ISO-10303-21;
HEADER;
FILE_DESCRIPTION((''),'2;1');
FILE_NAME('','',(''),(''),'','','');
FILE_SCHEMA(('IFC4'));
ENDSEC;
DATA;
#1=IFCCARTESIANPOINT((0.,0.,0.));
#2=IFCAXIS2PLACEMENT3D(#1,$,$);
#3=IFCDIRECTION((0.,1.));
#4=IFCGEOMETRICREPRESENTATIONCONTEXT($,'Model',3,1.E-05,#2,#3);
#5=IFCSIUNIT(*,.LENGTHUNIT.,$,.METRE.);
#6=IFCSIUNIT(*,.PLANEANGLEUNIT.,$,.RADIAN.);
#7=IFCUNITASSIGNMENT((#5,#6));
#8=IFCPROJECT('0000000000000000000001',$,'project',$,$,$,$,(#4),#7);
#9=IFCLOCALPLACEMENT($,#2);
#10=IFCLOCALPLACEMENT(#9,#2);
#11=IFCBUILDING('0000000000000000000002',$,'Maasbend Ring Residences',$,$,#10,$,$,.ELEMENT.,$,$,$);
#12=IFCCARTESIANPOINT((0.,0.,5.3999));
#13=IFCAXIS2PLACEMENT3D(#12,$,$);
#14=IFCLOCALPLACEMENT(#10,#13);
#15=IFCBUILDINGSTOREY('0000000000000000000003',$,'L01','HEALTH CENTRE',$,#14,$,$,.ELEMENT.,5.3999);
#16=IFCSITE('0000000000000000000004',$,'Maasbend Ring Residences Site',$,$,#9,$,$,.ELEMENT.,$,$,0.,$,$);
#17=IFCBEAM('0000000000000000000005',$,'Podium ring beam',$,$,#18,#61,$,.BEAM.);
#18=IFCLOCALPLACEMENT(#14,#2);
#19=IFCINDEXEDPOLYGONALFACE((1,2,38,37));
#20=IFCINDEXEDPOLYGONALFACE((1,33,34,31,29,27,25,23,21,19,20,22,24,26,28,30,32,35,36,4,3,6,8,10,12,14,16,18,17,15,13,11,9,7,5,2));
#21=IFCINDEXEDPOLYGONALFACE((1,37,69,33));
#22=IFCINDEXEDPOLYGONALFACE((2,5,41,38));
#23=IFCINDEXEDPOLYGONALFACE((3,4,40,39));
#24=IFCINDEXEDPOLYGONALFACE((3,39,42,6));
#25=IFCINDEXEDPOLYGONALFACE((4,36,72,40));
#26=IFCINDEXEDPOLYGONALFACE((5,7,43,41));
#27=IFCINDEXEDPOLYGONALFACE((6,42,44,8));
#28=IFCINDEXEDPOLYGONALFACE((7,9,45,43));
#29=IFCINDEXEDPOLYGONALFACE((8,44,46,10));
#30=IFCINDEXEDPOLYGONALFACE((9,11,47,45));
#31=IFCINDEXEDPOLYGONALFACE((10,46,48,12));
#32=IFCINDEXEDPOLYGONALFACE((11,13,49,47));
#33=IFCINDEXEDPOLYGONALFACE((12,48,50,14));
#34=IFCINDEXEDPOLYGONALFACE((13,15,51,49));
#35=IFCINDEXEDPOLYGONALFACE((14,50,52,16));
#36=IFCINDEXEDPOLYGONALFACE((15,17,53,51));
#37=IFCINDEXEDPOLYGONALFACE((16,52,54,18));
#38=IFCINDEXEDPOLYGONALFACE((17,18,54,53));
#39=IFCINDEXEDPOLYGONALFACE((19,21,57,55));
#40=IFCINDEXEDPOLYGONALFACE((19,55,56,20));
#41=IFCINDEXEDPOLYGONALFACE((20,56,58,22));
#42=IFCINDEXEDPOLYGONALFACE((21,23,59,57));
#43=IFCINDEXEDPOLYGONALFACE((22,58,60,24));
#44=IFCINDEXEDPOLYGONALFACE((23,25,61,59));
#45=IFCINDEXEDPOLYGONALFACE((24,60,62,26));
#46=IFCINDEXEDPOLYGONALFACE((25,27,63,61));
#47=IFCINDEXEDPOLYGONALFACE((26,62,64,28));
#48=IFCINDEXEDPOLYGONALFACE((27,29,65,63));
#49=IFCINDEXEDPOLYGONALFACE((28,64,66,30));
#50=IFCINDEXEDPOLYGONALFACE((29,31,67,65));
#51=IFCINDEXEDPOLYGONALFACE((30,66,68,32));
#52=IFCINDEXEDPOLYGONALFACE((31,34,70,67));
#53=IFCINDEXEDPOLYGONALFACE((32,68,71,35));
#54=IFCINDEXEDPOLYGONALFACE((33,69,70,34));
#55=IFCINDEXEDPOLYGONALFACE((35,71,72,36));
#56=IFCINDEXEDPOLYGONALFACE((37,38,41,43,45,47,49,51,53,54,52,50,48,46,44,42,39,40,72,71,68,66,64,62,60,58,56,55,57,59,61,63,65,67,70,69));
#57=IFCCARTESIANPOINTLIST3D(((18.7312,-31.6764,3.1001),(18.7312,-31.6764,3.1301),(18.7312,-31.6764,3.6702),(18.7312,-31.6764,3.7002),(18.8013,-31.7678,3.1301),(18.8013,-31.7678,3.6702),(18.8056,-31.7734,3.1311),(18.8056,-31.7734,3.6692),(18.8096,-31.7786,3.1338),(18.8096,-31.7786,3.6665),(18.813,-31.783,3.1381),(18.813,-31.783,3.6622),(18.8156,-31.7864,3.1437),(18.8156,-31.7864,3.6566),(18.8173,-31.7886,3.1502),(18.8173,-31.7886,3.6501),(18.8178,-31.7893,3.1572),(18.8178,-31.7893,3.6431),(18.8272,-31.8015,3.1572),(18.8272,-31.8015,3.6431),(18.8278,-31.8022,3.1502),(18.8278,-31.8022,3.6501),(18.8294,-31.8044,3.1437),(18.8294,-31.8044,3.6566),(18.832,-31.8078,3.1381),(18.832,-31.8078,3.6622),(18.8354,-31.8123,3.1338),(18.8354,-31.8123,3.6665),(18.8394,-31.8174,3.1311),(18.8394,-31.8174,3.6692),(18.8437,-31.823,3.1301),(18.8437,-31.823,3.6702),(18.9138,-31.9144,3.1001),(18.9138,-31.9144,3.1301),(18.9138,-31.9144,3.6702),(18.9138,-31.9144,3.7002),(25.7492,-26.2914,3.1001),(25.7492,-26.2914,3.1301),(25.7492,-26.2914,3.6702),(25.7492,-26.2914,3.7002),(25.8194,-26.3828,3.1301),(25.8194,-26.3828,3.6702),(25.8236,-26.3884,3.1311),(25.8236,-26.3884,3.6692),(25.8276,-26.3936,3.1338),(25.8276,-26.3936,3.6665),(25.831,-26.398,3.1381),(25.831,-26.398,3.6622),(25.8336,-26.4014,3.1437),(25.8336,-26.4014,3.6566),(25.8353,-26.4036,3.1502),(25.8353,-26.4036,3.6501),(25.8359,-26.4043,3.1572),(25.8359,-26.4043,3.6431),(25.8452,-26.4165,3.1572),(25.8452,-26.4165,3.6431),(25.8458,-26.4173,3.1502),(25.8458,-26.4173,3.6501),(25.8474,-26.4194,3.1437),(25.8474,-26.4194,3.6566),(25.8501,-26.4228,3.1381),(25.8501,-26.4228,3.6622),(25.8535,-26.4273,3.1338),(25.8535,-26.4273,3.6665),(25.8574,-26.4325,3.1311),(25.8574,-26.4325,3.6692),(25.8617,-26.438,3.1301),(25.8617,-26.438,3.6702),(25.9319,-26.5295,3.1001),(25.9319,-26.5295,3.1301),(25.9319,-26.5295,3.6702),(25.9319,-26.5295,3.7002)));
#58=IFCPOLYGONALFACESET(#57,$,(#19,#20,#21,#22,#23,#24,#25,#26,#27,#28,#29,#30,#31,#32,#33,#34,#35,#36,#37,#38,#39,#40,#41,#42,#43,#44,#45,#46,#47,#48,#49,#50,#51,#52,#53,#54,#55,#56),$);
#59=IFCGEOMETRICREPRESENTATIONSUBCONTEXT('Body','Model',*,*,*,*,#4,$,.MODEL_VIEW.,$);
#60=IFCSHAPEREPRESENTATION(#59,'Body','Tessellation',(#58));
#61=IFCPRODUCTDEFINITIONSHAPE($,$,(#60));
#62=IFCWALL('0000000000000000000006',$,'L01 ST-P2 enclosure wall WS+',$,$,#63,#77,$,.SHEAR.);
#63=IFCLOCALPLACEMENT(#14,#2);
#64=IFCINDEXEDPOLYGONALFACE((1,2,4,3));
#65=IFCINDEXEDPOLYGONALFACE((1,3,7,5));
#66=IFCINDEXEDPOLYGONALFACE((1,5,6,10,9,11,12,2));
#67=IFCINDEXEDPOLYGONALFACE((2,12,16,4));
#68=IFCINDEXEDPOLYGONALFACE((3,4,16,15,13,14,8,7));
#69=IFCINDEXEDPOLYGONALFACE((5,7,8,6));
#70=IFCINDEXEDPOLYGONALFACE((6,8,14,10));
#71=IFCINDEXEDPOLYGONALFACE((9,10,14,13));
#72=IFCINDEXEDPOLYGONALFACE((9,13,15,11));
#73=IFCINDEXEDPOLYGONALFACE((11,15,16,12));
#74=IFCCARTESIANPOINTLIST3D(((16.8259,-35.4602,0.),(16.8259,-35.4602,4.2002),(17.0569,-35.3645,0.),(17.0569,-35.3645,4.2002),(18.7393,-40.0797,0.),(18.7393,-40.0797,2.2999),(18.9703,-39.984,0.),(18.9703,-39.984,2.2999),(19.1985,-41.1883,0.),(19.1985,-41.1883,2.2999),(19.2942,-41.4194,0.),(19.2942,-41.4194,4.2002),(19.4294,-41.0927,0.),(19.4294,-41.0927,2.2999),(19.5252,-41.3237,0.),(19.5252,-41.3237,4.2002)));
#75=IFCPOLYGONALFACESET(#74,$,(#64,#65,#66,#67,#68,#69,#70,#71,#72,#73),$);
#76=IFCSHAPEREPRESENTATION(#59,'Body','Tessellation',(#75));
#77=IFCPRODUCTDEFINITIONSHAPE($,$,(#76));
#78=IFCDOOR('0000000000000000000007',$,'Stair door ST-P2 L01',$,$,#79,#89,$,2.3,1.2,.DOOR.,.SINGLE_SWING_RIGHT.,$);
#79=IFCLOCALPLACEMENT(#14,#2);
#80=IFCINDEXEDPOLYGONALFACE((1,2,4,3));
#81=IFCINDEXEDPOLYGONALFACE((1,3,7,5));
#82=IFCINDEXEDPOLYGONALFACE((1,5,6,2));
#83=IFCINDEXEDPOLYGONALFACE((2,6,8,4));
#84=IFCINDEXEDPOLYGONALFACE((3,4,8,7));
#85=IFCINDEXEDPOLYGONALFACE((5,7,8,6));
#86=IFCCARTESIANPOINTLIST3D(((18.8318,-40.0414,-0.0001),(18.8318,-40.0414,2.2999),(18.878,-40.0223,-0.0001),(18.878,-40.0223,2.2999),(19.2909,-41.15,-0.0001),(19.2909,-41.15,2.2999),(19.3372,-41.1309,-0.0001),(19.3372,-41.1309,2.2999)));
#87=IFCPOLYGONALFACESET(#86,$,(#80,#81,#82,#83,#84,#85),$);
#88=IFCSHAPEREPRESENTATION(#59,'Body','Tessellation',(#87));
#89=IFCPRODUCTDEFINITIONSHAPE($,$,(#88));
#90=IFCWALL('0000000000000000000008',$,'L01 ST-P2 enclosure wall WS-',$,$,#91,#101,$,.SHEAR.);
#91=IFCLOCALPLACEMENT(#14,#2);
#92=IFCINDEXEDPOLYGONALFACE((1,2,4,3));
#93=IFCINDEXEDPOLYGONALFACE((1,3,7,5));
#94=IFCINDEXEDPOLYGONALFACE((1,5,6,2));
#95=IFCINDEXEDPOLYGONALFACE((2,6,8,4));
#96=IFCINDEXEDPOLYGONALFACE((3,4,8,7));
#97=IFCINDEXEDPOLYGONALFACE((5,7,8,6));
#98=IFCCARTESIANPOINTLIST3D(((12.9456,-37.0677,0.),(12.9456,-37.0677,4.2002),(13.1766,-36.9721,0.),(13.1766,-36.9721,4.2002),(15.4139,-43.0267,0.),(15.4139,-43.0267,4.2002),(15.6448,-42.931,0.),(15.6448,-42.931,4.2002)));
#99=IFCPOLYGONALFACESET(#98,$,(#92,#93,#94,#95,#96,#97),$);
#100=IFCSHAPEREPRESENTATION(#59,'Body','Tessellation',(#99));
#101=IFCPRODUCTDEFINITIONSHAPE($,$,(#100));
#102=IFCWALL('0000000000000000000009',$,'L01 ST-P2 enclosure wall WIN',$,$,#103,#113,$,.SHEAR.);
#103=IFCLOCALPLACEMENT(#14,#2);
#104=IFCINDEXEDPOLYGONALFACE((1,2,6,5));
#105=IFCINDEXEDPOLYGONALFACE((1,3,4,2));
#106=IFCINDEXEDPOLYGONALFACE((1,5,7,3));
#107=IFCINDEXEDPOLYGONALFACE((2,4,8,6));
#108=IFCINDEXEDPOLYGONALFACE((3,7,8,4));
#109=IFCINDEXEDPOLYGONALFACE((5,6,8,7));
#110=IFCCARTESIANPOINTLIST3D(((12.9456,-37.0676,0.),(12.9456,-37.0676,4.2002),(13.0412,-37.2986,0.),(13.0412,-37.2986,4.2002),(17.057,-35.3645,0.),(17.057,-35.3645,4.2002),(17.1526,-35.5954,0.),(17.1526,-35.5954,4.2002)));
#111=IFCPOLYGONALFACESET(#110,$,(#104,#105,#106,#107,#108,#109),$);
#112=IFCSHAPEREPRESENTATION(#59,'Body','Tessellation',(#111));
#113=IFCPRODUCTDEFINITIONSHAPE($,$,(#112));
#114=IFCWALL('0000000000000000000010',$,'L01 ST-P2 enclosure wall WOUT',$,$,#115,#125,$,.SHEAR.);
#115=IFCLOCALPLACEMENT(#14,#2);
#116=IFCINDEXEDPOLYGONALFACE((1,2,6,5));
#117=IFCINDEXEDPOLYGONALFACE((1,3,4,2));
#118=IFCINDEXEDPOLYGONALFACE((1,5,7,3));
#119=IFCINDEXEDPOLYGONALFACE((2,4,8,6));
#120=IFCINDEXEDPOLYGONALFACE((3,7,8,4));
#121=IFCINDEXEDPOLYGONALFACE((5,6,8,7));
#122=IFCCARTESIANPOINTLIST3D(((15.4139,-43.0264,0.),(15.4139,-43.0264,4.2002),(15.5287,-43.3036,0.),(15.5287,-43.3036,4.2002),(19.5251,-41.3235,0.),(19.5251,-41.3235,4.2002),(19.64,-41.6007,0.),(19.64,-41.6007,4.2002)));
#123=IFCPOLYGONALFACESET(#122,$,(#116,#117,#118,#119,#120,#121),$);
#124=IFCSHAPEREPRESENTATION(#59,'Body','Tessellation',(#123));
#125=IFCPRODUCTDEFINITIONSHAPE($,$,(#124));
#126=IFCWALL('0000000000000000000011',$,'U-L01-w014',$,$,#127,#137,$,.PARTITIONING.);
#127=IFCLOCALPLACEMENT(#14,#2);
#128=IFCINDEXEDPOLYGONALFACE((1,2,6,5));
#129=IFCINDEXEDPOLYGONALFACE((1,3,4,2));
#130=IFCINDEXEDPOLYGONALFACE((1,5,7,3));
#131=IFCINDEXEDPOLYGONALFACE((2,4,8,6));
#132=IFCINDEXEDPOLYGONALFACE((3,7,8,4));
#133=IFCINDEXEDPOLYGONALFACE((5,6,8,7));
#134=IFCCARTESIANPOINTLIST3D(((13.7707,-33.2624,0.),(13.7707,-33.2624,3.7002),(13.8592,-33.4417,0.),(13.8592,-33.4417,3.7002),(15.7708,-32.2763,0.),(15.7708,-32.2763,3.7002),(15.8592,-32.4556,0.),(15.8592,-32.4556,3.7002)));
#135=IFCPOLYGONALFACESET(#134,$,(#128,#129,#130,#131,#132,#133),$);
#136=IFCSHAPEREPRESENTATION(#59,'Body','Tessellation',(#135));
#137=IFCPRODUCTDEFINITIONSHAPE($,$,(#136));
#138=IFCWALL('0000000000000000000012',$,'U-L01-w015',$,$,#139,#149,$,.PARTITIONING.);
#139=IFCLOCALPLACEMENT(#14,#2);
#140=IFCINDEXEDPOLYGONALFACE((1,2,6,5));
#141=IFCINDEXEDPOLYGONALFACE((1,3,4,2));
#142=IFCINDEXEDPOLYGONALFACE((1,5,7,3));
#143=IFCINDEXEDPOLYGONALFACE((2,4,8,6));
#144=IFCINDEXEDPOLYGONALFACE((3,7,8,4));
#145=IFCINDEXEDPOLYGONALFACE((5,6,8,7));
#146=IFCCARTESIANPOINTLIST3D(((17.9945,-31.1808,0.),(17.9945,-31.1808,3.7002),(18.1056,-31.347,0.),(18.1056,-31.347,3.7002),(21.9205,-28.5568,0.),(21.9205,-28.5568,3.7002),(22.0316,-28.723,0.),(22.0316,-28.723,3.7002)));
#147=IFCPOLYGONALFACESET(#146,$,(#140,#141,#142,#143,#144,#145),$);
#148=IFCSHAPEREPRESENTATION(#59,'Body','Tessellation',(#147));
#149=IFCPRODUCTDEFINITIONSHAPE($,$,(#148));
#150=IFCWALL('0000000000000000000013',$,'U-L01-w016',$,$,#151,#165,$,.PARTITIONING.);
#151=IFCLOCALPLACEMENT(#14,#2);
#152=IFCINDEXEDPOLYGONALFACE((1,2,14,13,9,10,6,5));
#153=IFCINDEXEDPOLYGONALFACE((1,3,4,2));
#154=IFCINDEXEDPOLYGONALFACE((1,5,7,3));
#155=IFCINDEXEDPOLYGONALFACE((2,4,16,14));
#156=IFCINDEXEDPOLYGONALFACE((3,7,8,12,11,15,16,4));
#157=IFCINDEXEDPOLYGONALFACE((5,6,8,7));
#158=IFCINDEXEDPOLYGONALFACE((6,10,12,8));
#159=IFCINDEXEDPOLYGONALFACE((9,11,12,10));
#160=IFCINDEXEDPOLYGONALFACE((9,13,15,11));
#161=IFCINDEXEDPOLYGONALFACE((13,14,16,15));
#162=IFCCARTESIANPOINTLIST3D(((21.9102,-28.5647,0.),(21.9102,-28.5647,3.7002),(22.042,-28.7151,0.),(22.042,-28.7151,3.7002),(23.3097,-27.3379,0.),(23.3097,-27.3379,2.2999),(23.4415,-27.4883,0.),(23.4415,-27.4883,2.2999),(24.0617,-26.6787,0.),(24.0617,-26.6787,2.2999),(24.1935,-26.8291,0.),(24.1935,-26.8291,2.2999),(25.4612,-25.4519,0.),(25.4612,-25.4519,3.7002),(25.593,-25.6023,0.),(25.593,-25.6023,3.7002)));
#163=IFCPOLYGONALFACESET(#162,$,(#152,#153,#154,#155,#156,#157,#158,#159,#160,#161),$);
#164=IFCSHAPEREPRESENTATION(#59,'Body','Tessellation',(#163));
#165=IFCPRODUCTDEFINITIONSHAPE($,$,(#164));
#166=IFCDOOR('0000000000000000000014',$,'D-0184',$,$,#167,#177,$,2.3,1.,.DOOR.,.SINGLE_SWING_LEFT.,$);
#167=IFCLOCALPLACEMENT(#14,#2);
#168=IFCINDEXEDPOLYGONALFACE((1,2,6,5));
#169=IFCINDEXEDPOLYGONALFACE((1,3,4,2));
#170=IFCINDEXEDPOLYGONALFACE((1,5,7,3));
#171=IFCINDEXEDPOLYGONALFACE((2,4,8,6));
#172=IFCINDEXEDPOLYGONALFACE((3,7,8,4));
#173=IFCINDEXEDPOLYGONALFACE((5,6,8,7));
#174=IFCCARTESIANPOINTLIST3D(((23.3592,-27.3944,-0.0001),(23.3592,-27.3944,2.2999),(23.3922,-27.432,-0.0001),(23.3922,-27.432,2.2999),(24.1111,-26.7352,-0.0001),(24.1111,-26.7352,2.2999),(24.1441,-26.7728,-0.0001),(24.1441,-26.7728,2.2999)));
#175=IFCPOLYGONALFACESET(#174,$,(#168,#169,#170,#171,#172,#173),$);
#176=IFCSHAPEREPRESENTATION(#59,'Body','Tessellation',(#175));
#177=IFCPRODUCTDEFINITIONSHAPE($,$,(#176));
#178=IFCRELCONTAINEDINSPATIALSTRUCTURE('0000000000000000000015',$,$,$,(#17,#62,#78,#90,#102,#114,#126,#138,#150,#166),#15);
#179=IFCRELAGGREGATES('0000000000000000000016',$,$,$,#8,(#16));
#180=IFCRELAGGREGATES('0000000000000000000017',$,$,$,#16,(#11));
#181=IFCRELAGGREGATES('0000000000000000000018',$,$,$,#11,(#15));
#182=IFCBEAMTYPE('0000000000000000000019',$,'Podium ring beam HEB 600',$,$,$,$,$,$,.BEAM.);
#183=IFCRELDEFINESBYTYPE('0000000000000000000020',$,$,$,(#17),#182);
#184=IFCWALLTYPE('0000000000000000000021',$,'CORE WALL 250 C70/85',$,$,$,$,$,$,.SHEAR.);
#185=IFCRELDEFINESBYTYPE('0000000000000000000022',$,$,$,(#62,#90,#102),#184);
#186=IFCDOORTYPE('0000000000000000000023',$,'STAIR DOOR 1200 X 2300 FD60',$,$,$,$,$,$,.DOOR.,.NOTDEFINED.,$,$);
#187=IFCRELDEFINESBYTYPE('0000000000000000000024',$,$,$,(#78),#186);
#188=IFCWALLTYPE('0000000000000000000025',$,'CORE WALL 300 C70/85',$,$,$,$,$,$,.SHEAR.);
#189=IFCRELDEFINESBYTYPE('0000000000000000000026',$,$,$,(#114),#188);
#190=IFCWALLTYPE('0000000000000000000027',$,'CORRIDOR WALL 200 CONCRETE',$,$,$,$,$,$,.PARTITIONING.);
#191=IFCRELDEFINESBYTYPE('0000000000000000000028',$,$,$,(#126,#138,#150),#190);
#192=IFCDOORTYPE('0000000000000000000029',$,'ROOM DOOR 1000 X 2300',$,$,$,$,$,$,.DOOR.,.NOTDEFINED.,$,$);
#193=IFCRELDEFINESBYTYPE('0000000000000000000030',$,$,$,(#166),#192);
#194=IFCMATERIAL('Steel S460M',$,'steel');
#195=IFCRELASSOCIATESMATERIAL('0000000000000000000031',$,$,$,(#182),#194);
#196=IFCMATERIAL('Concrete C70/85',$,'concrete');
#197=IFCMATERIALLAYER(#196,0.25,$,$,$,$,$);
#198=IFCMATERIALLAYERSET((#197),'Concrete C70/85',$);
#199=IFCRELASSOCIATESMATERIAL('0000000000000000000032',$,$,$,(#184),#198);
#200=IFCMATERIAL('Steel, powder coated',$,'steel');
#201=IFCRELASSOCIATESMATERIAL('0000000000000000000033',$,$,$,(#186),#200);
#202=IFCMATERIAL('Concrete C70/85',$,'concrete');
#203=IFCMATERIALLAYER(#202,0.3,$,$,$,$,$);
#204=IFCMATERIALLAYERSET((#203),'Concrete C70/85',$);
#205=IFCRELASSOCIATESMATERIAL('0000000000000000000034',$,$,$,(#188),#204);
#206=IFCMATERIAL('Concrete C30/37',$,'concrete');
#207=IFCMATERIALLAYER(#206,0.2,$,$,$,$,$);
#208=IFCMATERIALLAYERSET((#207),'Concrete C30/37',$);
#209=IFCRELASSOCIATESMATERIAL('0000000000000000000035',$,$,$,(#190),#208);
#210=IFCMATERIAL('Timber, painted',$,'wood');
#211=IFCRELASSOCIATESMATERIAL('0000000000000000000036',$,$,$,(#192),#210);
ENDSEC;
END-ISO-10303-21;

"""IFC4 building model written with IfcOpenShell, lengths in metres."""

from ifc_helpers import new_model, si_unit, direction, frame, frame_2d, origin, origin_2d, place, context, subcontext, project, spatial, rectangle, i_section, extrude, material, layer, layer_set, material_profile, profile_set, type_object, element, fill, save


model = new_model("IFC4")

# Units and contexts
model_context = context("Model", 3, precision=1e-05, world=origin(), true_north=direction((0.0, 1.0)))
body_context = subcontext(model_context, "Body", "Model", "MODEL_VIEW")
ifc_project = project(units=[si_unit("LENGTHUNIT", "METRE"), si_unit("PLANEANGLEUNIT", "RADIAN")], contexts=[model_context])

# Site, building, storey
site_placement = place(None, origin())
site = spatial("IfcSite", under=ifc_project, at=site_placement, Name="Maasbend Ring Residences Site", CompositionType="ELEMENT", RefElevation=0.0)
building_placement = place(site_placement, origin())
building = spatial("IfcBuilding", under=site, at=building_placement, Name="Maasbend Ring Residences", CompositionType="ELEMENT")
storey_placement = place(building_placement, frame((0.0, 0.0, 5.3999)))
storey = spatial("IfcBuildingStorey", under=building, at=storey_placement, Name="L01", Description="HEALTH CENTRE", CompositionType="ELEMENT", Elevation=5.3999)

# Beam
ifc_material_1 = material(Name="Steel S460M", Category="steel")
ifc_material_profile_1 = material_profile(ifc_material_1, i_section(OverallWidth=0.3, OverallDepth=0.6001, WebThickness=0.0154, FlangeThickness=0.03, FilletRadius=0.0271, at=origin_2d()), Name="HEB 600")
ifc_profile_set_1 = profile_set([ifc_material_profile_1], Name="Steel S460M")
beam_type_1 = type_object("IfcBeamType", Name="Podium ring beam HEB 600", PredefinedType="BEAM", material=ifc_profile_set_1)
beam_placement = place(storey_placement, frame((18.8225, -31.7954, 3.4001), z_axis=(0.793361, 0.608751, 0.0), x_axis=(-0.608751, 0.793361, 0.0)))
element("IfcBeam", 1, at=beam_placement, inside=storey, type_object=beam_type_1, Name="Podium ring beam", PredefinedType="BEAM", context=body_context, shape_type="SweptSolid", body=[
    extrude(i_section(OverallWidth=0.3, OverallDepth=0.6001, WebThickness=0.0154, FlangeThickness=0.03, FilletRadius=0.0271, at=origin_2d()), origin(), (0.0, 0.0, 1.0), 8.8459),
])

# Wall, opening, door
ifc_material_2 = material(Name="Concrete C70/85", Category="concrete")
ifc_layer_1 = layer(ifc_material_2, 0.25)
ifc_layer_set_1 = layer_set([ifc_layer_1], Name="Concrete C70/85")
wall_type_1 = type_object("IfcWallType", Name="CORE WALL 250 C70/85", PredefinedType="SHEAR", material=ifc_layer_set_1)
wall_1_placement = place(storey_placement, frame((19.4097, -41.3716, 0.0), z_axis=(0.0, 0.0, 1.0), x_axis=(-0.382666, 0.923887, 0.0)))
wall_1 = element("IfcWall", 2, at=wall_1_placement, inside=storey, type_object=wall_type_1, Name="L01 ST-P2 enclosure wall WS+", PredefinedType="SHEAR", context=body_context, shape_type="SweptSolid", body=[
    extrude(rectangle(XDim=6.4502, YDim=0.25, at=frame_2d((3.2251, 0.0))), origin(), (0.0, 0.0, 1.0), 4.2002),
])
opening_1_placement = place(wall_1_placement, frame((0.25, 0.0, 0.0)))
opening_1 = element("IfcOpeningElement", 3, at=opening_1_placement, cuts=wall_1, PredefinedType="OPENING", context=body_context, shape_type="SweptSolid", body=[
    extrude(rectangle(XDim=1.2, YDim=2.3, at=frame_2d((0.6001, 1.1499))), frame((0.0, 0.135, 0.0), z_axis=(0.0, -1.0, 0.0), x_axis=(1.0, 0.0, 0.0)), (0.0, 0.0, 1.0), 0.27),
])
ifc_material_3 = material(Name="Steel, powder coated", Category="steel")
door_type_1 = type_object("IfcDoorType", Name="STAIR DOOR 1200 X 2300 FD60", OperationType="NOTDEFINED", PredefinedType="DOOR", material=ifc_material_3)
door_1_placement = place(opening_1_placement, origin())
door_1 = element("IfcDoor", 4, at=door_1_placement, inside=storey, type_object=door_type_1, Name="Stair door ST-P2 L01", OperationType="SINGLE_SWING_RIGHT", OverallHeight=2.3, OverallWidth=1.2, PredefinedType="DOOR", context=body_context, shape_type="SweptSolid", body=[
    extrude(rectangle(XDim=1.2, YDim=2.3, at=frame_2d((0.6001, 1.1499))), frame((0.0, 0.0249, 0.0), z_axis=(0.0, -1.0, 0.0), x_axis=(1.0, 0.0, 0.0)), (0.0, 0.0, 1.0), 0.05),
])
fill(opening_1, door_1)

# Walls
wall_2_placement = place(storey_placement, frame((13.061, -37.0198, 0.0), z_axis=(0.0, 0.0, 1.0), x_axis=(0.382679, -0.923881, 0.0)))
element("IfcWall", 5, at=wall_2_placement, inside=storey, type_object=wall_type_1, Name="L01 ST-P2 enclosure wall WS-", PredefinedType="SHEAR", context=body_context, shape_type="SweptSolid", body=[
    extrude(rectangle(XDim=6.45, YDim=0.25, at=frame_2d((3.2251, 0.0))), origin(), (0.0, 0.0, 1.0), 4.2002),
])
wall_3_placement = place(storey_placement, frame((12.9934, -37.1831, 0.0), z_axis=(0.0, 0.0, 1.0), x_axis=(0.923867, 0.382714, 0.0)))
element("IfcWall", 6, at=wall_3_placement, inside=storey, type_object=wall_type_1, Name="L01 ST-P2 enclosure wall WIN", PredefinedType="SHEAR", context=body_context, shape_type="SweptSolid", body=[
    extrude(rectangle(XDim=4.4502, YDim=0.25, at=frame_2d((2.2251, 0.0))), origin(), (0.0, 0.0, 1.0), 4.2002),
])
ifc_material_4 = material(Name="Concrete C70/85", Category="concrete")
ifc_layer_2 = layer(ifc_material_4, 0.3)
ifc_layer_set_2 = layer_set([ifc_layer_2], Name="Concrete C70/85")
wall_type_2 = type_object("IfcWallType", Name="CORE WALL 300 C70/85", PredefinedType="SHEAR", material=ifc_layer_set_2)
wall_4_placement = place(storey_placement, frame((15.4712, -43.165, 0.0), z_axis=(0.0, 0.0, 1.0), x_axis=(0.923886, 0.382667, 0.0)))
element("IfcWall", 7, at=wall_4_placement, inside=storey, type_object=wall_type_2, Name="L01 ST-P2 enclosure wall WOUT", PredefinedType="SHEAR", context=body_context, shape_type="SweptSolid", body=[
    extrude(rectangle(XDim=4.45, YDim=0.3, at=frame_2d((2.2251, 0.0))), origin(), (0.0, 0.0, 1.0), 4.2002),
])
ifc_material_5 = material(Name="Concrete C30/37", Category="concrete")
ifc_layer_3 = layer(ifc_material_5, 0.2)
ifc_layer_set_3 = layer_set([ifc_layer_3], Name="Concrete C30/37")
wall_type_3 = type_object("IfcWallType", Name="CORRIDOR WALL 200 CONCRETE", PredefinedType="PARTITIONING", material=ifc_layer_set_3)
wall_5_placement = place(storey_placement, frame((13.8149, -33.3521, 0.0), z_axis=(0.0, 0.0, 1.0), x_axis=(0.89691, 0.442214, 0.0)))
element("IfcWall", 8, at=wall_5_placement, inside=storey, type_object=wall_type_3, Name="U-L01-w014", PredefinedType="PARTITIONING", context=body_context, shape_type="SweptSolid", body=[
    extrude(rectangle(XDim=2.23, YDim=0.2, at=frame_2d((1.115, 0.0))), origin(), (0.0, 0.0, 1.0), 3.7002),
])
wall_6_placement = place(storey_placement, frame((18.05, -31.2639, 0.0), z_axis=(0.0, 0.0, 1.0), x_axis=(0.831397, 0.555678, 0.0)))
element("IfcWall", 9, at=wall_6_placement, inside=storey, type_object=wall_type_3, Name="U-L01-w015", PredefinedType="PARTITIONING", context=body_context, shape_type="SweptSolid", body=[
    extrude(rectangle(XDim=4.7222, YDim=0.2, at=frame_2d((2.3611, 0.0))), origin(), (0.0, 0.0, 1.0), 3.7002),
])

# Wall, opening, door
wall_7_placement = place(storey_placement, frame((21.9761, -28.6399, 0.0), z_axis=(0.0, 0.0, 1.0), x_axis=(0.751984, 0.659181, 0.0)))
wall_7 = element("IfcWall", 10, at=wall_7_placement, inside=storey, type_object=wall_type_3, Name="U-L01-w016", PredefinedType="PARTITIONING", context=body_context, shape_type="SweptSolid", body=[
    extrude(rectangle(XDim=4.7222, YDim=0.2, at=frame_2d((2.3611, 0.0))), origin(), (0.0, 0.0, 1.0), 3.7002),
])
opening_2_placement = place(wall_7_placement, frame((1.8611, 0.0, 0.0)))
opening_2 = element("IfcOpeningElement", 11, at=opening_2_placement, cuts=wall_7, PredefinedType="OPENING", context=body_context, shape_type="SweptSolid", body=[
    extrude(rectangle(XDim=1.0, YDim=2.3, at=frame_2d((0.5, 1.1499))), frame((0.0, 0.1099, 0.0), z_axis=(0.0, -1.0, 0.0), x_axis=(1.0, 0.0, 0.0)), (0.0, 0.0, 1.0), 0.22),
])
ifc_material_6 = material(Name="Timber, painted", Category="wood")
door_type_2 = type_object("IfcDoorType", Name="ROOM DOOR 1000 X 2300", OperationType="NOTDEFINED", PredefinedType="DOOR", material=ifc_material_6)
door_2_placement = place(opening_2_placement, origin())
door_2 = element("IfcDoor", 12, at=door_2_placement, inside=storey, type_object=door_type_2, Name="D-0184", OperationType="SINGLE_SWING_LEFT", OverallHeight=2.3, OverallWidth=1.0, PredefinedType="DOOR", context=body_context, shape_type="SweptSolid", body=[
    extrude(rectangle(XDim=1.0, YDim=2.3, at=frame_2d((0.5, 1.1499))), frame((0.0, 0.0249, 0.0), z_axis=(0.0, -1.0, 0.0), x_axis=(1.0, 0.0, 0.0)), (0.0, 0.0, 1.0), 0.05),
])
fill(opening_2, door_2)

save(model, "model.ifc")
